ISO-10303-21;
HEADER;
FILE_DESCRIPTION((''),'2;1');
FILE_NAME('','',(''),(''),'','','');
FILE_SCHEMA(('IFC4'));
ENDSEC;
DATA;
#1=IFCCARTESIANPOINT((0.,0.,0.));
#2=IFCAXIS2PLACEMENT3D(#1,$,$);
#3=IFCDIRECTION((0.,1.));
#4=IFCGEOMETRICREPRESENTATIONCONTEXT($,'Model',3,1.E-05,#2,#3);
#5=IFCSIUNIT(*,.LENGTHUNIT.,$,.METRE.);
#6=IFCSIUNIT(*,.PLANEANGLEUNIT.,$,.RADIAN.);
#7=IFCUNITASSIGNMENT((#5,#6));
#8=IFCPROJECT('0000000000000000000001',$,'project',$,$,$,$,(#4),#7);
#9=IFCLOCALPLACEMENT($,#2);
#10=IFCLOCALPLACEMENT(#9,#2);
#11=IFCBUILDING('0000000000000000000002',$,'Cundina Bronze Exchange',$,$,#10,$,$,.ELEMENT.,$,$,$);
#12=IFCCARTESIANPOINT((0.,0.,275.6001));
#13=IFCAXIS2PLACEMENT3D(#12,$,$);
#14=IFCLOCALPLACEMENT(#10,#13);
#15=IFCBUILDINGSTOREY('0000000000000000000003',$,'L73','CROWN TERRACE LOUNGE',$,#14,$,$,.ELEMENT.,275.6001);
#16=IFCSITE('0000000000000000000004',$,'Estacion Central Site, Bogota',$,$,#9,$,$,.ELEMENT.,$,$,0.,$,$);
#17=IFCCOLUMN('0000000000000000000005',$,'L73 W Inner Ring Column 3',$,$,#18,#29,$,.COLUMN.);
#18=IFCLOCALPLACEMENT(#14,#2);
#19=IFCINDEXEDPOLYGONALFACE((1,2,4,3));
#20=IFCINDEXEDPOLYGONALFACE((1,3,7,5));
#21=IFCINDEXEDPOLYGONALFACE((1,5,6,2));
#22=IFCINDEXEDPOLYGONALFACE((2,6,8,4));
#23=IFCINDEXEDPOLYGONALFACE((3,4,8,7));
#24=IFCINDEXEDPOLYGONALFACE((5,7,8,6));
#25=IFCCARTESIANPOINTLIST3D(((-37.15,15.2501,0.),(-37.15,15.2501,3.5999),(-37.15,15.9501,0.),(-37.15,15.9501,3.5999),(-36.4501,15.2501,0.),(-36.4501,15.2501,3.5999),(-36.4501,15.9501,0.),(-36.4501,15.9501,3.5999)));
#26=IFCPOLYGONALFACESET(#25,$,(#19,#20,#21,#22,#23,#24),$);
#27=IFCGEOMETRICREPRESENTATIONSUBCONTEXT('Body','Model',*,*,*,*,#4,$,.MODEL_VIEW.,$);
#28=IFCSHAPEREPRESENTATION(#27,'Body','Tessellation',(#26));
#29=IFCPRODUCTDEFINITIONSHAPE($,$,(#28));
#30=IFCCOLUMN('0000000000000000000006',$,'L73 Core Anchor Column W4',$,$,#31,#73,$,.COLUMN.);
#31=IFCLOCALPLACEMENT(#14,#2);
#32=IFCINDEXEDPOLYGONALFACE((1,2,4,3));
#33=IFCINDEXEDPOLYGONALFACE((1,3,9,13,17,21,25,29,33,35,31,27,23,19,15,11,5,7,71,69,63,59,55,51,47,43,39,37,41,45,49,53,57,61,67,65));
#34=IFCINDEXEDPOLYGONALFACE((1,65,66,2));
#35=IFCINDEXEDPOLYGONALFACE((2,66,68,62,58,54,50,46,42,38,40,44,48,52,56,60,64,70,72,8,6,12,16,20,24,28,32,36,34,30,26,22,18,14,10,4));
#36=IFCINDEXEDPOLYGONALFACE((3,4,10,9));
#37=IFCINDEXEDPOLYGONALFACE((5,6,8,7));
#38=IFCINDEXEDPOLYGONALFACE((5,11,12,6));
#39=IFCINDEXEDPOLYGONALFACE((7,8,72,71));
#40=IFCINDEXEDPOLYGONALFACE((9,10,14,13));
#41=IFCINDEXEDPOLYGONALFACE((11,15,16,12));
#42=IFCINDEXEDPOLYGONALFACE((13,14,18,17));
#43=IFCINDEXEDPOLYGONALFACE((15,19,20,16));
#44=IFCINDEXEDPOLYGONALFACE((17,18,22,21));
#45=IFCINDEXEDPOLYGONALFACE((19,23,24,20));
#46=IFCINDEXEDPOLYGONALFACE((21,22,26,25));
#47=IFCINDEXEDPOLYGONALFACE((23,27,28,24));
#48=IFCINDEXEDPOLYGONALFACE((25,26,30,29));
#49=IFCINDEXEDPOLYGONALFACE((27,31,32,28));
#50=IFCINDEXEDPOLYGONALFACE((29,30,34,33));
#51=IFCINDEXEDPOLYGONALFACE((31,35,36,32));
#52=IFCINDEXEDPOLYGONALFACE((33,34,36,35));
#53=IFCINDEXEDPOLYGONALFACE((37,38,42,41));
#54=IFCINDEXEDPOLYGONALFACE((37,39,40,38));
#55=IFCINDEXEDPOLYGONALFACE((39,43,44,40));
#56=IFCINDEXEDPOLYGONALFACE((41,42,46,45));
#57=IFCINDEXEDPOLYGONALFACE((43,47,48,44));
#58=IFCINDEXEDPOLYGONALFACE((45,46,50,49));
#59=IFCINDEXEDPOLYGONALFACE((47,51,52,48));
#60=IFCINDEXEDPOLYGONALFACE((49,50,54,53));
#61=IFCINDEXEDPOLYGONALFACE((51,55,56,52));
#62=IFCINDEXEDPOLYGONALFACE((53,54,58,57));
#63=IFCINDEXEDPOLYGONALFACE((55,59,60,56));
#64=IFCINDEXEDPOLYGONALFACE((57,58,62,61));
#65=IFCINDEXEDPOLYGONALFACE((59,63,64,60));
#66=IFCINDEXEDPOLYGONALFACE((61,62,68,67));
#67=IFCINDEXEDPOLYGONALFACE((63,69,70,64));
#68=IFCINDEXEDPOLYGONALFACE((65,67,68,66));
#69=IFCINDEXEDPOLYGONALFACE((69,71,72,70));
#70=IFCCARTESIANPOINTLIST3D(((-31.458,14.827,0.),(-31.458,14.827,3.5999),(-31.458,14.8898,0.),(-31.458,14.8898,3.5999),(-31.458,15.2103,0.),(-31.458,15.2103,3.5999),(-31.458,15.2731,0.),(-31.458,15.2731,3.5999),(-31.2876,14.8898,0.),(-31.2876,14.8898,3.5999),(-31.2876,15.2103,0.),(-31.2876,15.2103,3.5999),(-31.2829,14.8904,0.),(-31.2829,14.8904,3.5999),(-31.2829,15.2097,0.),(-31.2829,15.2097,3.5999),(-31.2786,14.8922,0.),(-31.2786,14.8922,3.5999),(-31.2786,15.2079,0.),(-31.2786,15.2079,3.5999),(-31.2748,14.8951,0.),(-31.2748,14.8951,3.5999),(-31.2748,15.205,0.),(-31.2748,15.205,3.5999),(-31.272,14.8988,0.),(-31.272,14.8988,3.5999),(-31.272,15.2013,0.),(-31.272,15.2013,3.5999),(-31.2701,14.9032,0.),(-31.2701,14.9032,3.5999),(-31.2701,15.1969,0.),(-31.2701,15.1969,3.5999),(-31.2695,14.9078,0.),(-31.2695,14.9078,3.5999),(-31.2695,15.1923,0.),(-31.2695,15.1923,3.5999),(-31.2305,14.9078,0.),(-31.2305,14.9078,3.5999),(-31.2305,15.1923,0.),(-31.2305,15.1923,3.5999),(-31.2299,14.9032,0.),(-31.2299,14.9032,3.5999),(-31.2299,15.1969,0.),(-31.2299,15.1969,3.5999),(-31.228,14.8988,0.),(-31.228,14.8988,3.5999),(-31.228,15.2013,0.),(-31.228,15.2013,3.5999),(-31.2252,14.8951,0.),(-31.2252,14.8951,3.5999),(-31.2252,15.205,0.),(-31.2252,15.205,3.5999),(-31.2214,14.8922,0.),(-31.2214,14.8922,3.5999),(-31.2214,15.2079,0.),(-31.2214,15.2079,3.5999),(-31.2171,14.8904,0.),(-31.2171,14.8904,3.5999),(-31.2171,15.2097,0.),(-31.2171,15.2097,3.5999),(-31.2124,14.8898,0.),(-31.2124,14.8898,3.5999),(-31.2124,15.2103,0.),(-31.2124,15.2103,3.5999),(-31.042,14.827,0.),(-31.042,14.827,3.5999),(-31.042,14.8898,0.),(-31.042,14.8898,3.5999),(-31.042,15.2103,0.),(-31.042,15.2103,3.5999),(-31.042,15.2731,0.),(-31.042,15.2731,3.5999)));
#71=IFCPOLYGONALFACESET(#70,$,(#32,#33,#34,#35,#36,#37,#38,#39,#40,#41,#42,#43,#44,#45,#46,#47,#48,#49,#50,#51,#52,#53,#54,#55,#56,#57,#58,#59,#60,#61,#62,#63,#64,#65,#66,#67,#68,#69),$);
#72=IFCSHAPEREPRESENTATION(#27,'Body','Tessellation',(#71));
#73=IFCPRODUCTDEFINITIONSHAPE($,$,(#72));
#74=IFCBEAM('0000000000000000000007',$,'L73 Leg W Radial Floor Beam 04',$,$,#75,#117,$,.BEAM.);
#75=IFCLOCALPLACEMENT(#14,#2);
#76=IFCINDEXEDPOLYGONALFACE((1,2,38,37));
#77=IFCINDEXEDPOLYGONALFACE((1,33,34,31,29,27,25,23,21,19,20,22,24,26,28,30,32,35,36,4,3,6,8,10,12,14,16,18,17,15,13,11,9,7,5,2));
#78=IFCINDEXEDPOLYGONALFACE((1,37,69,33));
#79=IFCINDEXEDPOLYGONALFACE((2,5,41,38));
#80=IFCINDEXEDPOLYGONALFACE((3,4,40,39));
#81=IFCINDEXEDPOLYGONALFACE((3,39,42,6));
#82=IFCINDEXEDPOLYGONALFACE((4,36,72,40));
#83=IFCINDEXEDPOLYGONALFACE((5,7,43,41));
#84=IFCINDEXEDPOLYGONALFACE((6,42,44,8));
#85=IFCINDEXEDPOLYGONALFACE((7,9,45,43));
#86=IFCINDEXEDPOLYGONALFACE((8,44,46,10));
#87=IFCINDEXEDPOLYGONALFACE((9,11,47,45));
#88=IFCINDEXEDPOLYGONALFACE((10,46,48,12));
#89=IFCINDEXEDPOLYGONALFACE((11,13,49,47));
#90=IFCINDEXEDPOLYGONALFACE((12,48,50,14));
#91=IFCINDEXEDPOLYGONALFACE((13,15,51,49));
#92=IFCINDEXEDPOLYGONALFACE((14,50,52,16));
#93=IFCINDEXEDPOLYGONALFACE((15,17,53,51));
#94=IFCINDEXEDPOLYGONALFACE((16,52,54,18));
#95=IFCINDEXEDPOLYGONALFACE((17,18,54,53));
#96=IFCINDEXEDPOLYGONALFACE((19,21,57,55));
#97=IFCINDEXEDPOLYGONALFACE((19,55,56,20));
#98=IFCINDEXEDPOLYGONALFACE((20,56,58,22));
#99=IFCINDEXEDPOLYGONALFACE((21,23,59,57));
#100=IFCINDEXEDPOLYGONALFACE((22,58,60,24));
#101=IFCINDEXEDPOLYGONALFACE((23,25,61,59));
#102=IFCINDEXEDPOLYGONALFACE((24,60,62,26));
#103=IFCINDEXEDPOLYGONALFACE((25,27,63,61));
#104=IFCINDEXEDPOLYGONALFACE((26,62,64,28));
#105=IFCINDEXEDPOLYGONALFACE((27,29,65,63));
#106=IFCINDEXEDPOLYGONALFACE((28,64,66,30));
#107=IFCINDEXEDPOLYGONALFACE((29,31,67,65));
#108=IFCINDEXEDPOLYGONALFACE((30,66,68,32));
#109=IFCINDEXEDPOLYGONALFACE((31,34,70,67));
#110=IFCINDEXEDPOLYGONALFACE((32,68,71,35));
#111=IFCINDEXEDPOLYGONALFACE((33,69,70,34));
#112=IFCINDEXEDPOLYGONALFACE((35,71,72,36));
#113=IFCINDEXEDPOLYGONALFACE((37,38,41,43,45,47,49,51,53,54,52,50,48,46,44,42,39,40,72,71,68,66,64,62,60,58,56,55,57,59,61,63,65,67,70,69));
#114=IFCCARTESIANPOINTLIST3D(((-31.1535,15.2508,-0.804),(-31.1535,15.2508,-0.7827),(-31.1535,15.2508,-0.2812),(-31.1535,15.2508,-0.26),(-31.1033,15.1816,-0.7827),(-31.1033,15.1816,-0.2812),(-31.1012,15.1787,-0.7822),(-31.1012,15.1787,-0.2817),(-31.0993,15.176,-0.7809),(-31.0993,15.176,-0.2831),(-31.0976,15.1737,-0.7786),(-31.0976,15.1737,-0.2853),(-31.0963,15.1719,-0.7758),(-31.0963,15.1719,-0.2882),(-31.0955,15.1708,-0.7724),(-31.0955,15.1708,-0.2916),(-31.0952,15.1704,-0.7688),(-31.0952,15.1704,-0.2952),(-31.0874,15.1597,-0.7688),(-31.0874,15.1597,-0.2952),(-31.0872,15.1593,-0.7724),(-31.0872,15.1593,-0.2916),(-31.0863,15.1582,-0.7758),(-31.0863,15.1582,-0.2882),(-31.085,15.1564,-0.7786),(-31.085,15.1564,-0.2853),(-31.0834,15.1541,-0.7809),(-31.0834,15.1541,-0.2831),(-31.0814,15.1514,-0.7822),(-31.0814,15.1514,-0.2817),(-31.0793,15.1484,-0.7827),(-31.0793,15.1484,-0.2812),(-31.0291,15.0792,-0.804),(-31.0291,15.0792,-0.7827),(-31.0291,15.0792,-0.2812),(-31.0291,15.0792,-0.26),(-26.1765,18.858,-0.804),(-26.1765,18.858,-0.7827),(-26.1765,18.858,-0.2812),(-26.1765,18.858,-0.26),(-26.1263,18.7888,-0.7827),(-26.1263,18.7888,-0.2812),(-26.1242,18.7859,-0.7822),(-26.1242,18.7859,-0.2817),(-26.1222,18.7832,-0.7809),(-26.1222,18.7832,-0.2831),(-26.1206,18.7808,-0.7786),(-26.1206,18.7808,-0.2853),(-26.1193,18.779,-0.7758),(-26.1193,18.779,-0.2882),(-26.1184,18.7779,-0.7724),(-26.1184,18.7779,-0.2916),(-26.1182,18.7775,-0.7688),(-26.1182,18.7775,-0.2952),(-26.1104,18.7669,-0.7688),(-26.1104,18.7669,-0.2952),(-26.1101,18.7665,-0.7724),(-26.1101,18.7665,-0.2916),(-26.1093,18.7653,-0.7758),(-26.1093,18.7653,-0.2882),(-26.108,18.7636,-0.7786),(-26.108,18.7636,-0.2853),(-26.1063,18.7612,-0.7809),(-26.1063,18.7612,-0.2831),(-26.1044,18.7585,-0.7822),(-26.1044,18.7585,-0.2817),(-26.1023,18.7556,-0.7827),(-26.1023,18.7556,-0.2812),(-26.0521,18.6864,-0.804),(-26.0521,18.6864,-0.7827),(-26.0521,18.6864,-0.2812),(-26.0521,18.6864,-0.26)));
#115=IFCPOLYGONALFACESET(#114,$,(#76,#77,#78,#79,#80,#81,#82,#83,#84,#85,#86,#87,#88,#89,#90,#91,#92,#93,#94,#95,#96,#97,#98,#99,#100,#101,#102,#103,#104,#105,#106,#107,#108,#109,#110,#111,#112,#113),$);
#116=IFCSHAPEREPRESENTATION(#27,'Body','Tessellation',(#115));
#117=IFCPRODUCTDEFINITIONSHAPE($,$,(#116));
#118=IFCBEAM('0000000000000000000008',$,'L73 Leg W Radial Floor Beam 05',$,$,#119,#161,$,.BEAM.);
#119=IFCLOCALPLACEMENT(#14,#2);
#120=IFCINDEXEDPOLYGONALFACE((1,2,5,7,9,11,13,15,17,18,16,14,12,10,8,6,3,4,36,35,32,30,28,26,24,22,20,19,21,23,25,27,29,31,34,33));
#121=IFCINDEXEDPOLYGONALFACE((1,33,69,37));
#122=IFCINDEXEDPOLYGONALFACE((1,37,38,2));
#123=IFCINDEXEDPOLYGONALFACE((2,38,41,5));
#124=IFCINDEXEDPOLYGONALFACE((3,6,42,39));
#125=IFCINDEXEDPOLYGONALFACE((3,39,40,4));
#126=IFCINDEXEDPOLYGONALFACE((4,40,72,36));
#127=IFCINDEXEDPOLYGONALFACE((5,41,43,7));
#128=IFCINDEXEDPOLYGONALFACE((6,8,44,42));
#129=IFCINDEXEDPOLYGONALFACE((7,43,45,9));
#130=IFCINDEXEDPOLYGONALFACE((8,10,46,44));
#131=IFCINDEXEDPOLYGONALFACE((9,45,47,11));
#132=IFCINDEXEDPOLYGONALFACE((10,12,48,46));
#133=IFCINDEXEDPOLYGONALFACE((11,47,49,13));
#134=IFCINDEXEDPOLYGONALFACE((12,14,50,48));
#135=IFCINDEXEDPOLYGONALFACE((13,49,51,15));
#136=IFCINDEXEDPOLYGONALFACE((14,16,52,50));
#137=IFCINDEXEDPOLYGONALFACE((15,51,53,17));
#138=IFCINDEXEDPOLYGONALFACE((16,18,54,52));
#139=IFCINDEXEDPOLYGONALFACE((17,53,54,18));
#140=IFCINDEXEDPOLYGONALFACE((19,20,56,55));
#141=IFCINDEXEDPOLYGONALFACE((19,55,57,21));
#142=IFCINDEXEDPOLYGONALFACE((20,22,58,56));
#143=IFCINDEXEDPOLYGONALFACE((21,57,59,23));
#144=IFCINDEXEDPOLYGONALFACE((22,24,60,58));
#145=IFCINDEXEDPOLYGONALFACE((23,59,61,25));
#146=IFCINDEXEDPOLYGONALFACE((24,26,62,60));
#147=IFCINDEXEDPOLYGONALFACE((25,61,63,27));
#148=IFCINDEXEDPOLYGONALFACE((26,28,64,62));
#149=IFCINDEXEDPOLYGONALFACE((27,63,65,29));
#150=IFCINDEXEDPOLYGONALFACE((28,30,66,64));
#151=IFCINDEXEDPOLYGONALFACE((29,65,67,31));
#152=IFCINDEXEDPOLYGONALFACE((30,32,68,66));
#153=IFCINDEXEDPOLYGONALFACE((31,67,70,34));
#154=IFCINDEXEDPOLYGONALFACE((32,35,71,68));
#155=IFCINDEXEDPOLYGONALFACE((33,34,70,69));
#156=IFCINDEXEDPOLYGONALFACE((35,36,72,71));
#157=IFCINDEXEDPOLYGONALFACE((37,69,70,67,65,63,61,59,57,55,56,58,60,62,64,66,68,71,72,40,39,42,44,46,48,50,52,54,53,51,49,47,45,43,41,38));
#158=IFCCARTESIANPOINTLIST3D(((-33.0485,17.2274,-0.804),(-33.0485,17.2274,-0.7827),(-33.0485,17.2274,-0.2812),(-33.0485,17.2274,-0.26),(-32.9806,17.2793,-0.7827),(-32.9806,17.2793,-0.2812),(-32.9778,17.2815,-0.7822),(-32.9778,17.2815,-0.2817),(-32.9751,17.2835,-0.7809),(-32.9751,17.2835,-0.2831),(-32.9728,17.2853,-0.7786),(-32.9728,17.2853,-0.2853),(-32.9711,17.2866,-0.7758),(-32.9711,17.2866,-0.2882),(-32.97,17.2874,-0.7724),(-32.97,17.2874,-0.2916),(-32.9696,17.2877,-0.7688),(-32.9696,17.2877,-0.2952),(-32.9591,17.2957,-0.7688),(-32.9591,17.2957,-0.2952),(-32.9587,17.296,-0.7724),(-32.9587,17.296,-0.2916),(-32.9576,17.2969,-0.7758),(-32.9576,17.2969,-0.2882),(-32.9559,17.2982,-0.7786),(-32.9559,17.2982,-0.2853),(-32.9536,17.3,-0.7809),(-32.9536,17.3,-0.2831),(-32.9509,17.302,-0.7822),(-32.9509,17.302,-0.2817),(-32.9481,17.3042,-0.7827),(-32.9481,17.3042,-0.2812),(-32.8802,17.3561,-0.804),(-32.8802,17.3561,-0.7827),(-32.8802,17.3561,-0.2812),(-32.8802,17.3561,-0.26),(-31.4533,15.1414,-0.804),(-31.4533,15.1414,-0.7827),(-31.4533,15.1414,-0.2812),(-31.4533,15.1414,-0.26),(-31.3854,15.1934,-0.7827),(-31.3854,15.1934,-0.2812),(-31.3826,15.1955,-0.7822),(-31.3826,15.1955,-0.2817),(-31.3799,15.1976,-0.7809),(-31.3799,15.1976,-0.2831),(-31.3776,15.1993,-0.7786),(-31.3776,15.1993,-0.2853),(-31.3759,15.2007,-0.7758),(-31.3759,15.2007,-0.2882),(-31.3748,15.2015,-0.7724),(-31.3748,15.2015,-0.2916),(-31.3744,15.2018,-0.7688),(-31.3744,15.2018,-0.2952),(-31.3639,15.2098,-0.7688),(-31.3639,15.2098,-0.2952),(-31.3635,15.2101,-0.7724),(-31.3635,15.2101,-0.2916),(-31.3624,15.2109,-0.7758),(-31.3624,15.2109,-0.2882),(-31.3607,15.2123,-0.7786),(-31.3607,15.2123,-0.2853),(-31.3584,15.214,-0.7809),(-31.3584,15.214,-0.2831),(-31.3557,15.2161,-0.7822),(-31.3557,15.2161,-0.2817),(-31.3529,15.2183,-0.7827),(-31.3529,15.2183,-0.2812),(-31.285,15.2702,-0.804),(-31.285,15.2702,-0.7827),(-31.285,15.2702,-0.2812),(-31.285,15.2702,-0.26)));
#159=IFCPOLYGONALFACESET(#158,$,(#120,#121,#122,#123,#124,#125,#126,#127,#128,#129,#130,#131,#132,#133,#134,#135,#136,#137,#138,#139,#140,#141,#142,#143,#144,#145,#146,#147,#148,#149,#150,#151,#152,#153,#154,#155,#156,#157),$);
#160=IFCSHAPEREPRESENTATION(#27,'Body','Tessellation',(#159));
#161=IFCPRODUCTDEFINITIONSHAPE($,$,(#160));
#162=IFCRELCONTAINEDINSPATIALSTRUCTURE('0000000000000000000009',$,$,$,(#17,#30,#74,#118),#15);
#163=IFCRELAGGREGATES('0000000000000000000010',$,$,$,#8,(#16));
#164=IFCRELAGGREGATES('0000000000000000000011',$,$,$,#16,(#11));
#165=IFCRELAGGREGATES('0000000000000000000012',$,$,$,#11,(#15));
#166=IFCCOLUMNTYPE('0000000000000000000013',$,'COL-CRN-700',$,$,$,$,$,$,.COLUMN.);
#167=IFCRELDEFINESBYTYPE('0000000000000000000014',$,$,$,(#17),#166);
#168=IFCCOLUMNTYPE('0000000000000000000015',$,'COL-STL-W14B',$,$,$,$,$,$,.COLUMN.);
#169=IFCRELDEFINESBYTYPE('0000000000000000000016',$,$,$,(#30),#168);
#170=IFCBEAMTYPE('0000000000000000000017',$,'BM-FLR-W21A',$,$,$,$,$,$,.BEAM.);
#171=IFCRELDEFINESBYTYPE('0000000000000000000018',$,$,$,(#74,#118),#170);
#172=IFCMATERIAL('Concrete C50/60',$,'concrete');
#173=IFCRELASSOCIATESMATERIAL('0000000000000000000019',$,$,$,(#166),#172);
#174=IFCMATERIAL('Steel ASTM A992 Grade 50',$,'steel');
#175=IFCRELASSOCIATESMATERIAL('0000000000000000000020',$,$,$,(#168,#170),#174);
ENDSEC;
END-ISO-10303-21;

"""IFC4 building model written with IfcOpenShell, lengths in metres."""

from ifc_helpers import new_model, si_unit, direction, frame, origin, origin_2d, place, context, subcontext, project, spatial, rectangle, i_section, extrude, material, material_profile, profile_set, type_object, element, save


model = new_model("IFC4")

# Units and contexts
model_context = context("Model", 3, precision=1e-05, world=origin(), true_north=direction((0.0, 1.0)))
body_context = subcontext(model_context, "Body", "Model", "MODEL_VIEW")
ifc_project = project(units=[si_unit("LENGTHUNIT", "METRE"), si_unit("PLANEANGLEUNIT", "RADIAN")], contexts=[model_context])

# Site, building, storey
site_placement = place(None, origin())
site = spatial("IfcSite", under=ifc_project, at=site_placement, Name="Estacion Central Site, Bogota", CompositionType="ELEMENT", RefElevation=0.0)
building_placement = place(site_placement, origin())
building = spatial("IfcBuilding", under=site, at=building_placement, Name="Cundina Bronze Exchange", CompositionType="ELEMENT")
storey_placement = place(building_placement, frame((0.0, 0.0, 275.6001)))
storey = spatial("IfcBuildingStorey", under=building, at=storey_placement, Name="L73", Description="CROWN TERRACE LOUNGE", CompositionType="ELEMENT", Elevation=275.6001)

# Columns
ifc_material_1 = material(Name="Concrete C50/60", Category="concrete")
ifc_material_profile_1 = material_profile(ifc_material_1, rectangle(XDim=0.7, YDim=0.7, at=origin_2d()), Name="RC700X700", Category="concrete")
ifc_profile_set_1 = profile_set([ifc_material_profile_1], Name="Concrete C50/60")
column_type_1 = type_object("IfcColumnType", Name="COL-CRN-700", PredefinedType="COLUMN", material=ifc_profile_set_1)
column_1_placement = place(storey_placement, frame((-36.8, 15.6001, 0.0), z_axis=(0.0, 0.0, 1.0), x_axis=(1.0, 0.0, 0.0)))
element("IfcColumn", 1, at=column_1_placement, inside=storey, type_object=column_type_1, Name="L73 W Inner Ring Column 3", PredefinedType="COLUMN", context=body_context, shape_type="SweptSolid", body=[
    extrude(rectangle(XDim=0.7, YDim=0.7, at=origin_2d()), origin(), (0.0, 0.0, 1.0), 3.5999),
])
ifc_material_2 = material(Name="Steel ASTM A992 Grade 50", Category="steel")
ifc_material_profile_2 = material_profile(ifc_material_2, i_section(OverallWidth=0.416, OverallDepth=0.446, WebThickness=0.0391, FlangeThickness=0.0627, FilletRadius=0.0181, at=origin_2d()), Name="W14X342", Category="steel")
ifc_profile_set_2 = profile_set([ifc_material_profile_2], Name="Steel ASTM A992 Grade 50")
column_type_2 = type_object("IfcColumnType", Name="COL-STL-W14B", PredefinedType="COLUMN", material=ifc_profile_set_2)
column_2_placement = place(storey_placement, frame((-31.25, 15.05, 0.0), z_axis=(0.0, 0.0, 1.0), x_axis=(1.0, 0.0, 0.0)))
element("IfcColumn", 2, at=column_2_placement, inside=storey, type_object=column_type_2, Name="L73 Core Anchor Column W4", PredefinedType="COLUMN", context=body_context, shape_type="SweptSolid", body=[
    extrude(i_section(OverallWidth=0.416, OverallDepth=0.446, WebThickness=0.0391, FlangeThickness=0.0627, FilletRadius=0.0181, at=origin_2d()), origin(), (0.0, 0.0, 1.0), 3.5999),
])

# Beams
ifc_material_profile_3 = material_profile(ifc_material_2, i_section(OverallWidth=0.2119, OverallDepth=0.5439, WebThickness=0.0132, FlangeThickness=0.0212, FilletRadius=0.0139, at=origin_2d()), Name="W21X83", Category="steel")
ifc_profile_set_3 = profile_set([ifc_material_profile_3], Name="Steel ASTM A992 Grade 50")
beam_type_1 = type_object("IfcBeamType", Name="BM-FLR-W21A", PredefinedType="BEAM", material=ifc_profile_set_3)
beam_1_placement = place(storey_placement, frame((-31.0913, 15.165, -0.532), z_axis=(0.809702, 0.586841, 0.0), x_axis=(-0.586841, 0.809702, 0.0)))
element("IfcBeam", 3, at=beam_1_placement, inside=storey, type_object=beam_type_1, Name="L73 Leg W Radial Floor Beam 04", PredefinedType="BEAM", context=body_context, shape_type="SweptSolid", body=[
    extrude(i_section(OverallWidth=0.2119, OverallDepth=0.5439, WebThickness=0.0132, FlangeThickness=0.0212, FilletRadius=0.0139, at=origin_2d()), origin(), (0.0, 0.0, 1.0), 6.1467),
])
beam_2_placement = place(storey_placement, frame((-31.3691, 15.2058, -0.532), z_axis=(-0.607471, 0.794342, 0.0), x_axis=(-0.794342, -0.607471, 0.0)))
element("IfcBeam", 4, at=beam_2_placement, inside=storey, type_object=beam_type_1, Name="L73 Leg W Radial Floor Beam 05", PredefinedType="BEAM", context=body_context, shape_type="SweptSolid", body=[
    extrude(i_section(OverallWidth=0.2119, OverallDepth=0.5439, WebThickness=0.0132, FlangeThickness=0.0212, FilletRadius=0.0139, at=origin_2d()), origin(), (0.0, 0.0, 1.0), 2.626),
])

save(model, "model.ifc")
